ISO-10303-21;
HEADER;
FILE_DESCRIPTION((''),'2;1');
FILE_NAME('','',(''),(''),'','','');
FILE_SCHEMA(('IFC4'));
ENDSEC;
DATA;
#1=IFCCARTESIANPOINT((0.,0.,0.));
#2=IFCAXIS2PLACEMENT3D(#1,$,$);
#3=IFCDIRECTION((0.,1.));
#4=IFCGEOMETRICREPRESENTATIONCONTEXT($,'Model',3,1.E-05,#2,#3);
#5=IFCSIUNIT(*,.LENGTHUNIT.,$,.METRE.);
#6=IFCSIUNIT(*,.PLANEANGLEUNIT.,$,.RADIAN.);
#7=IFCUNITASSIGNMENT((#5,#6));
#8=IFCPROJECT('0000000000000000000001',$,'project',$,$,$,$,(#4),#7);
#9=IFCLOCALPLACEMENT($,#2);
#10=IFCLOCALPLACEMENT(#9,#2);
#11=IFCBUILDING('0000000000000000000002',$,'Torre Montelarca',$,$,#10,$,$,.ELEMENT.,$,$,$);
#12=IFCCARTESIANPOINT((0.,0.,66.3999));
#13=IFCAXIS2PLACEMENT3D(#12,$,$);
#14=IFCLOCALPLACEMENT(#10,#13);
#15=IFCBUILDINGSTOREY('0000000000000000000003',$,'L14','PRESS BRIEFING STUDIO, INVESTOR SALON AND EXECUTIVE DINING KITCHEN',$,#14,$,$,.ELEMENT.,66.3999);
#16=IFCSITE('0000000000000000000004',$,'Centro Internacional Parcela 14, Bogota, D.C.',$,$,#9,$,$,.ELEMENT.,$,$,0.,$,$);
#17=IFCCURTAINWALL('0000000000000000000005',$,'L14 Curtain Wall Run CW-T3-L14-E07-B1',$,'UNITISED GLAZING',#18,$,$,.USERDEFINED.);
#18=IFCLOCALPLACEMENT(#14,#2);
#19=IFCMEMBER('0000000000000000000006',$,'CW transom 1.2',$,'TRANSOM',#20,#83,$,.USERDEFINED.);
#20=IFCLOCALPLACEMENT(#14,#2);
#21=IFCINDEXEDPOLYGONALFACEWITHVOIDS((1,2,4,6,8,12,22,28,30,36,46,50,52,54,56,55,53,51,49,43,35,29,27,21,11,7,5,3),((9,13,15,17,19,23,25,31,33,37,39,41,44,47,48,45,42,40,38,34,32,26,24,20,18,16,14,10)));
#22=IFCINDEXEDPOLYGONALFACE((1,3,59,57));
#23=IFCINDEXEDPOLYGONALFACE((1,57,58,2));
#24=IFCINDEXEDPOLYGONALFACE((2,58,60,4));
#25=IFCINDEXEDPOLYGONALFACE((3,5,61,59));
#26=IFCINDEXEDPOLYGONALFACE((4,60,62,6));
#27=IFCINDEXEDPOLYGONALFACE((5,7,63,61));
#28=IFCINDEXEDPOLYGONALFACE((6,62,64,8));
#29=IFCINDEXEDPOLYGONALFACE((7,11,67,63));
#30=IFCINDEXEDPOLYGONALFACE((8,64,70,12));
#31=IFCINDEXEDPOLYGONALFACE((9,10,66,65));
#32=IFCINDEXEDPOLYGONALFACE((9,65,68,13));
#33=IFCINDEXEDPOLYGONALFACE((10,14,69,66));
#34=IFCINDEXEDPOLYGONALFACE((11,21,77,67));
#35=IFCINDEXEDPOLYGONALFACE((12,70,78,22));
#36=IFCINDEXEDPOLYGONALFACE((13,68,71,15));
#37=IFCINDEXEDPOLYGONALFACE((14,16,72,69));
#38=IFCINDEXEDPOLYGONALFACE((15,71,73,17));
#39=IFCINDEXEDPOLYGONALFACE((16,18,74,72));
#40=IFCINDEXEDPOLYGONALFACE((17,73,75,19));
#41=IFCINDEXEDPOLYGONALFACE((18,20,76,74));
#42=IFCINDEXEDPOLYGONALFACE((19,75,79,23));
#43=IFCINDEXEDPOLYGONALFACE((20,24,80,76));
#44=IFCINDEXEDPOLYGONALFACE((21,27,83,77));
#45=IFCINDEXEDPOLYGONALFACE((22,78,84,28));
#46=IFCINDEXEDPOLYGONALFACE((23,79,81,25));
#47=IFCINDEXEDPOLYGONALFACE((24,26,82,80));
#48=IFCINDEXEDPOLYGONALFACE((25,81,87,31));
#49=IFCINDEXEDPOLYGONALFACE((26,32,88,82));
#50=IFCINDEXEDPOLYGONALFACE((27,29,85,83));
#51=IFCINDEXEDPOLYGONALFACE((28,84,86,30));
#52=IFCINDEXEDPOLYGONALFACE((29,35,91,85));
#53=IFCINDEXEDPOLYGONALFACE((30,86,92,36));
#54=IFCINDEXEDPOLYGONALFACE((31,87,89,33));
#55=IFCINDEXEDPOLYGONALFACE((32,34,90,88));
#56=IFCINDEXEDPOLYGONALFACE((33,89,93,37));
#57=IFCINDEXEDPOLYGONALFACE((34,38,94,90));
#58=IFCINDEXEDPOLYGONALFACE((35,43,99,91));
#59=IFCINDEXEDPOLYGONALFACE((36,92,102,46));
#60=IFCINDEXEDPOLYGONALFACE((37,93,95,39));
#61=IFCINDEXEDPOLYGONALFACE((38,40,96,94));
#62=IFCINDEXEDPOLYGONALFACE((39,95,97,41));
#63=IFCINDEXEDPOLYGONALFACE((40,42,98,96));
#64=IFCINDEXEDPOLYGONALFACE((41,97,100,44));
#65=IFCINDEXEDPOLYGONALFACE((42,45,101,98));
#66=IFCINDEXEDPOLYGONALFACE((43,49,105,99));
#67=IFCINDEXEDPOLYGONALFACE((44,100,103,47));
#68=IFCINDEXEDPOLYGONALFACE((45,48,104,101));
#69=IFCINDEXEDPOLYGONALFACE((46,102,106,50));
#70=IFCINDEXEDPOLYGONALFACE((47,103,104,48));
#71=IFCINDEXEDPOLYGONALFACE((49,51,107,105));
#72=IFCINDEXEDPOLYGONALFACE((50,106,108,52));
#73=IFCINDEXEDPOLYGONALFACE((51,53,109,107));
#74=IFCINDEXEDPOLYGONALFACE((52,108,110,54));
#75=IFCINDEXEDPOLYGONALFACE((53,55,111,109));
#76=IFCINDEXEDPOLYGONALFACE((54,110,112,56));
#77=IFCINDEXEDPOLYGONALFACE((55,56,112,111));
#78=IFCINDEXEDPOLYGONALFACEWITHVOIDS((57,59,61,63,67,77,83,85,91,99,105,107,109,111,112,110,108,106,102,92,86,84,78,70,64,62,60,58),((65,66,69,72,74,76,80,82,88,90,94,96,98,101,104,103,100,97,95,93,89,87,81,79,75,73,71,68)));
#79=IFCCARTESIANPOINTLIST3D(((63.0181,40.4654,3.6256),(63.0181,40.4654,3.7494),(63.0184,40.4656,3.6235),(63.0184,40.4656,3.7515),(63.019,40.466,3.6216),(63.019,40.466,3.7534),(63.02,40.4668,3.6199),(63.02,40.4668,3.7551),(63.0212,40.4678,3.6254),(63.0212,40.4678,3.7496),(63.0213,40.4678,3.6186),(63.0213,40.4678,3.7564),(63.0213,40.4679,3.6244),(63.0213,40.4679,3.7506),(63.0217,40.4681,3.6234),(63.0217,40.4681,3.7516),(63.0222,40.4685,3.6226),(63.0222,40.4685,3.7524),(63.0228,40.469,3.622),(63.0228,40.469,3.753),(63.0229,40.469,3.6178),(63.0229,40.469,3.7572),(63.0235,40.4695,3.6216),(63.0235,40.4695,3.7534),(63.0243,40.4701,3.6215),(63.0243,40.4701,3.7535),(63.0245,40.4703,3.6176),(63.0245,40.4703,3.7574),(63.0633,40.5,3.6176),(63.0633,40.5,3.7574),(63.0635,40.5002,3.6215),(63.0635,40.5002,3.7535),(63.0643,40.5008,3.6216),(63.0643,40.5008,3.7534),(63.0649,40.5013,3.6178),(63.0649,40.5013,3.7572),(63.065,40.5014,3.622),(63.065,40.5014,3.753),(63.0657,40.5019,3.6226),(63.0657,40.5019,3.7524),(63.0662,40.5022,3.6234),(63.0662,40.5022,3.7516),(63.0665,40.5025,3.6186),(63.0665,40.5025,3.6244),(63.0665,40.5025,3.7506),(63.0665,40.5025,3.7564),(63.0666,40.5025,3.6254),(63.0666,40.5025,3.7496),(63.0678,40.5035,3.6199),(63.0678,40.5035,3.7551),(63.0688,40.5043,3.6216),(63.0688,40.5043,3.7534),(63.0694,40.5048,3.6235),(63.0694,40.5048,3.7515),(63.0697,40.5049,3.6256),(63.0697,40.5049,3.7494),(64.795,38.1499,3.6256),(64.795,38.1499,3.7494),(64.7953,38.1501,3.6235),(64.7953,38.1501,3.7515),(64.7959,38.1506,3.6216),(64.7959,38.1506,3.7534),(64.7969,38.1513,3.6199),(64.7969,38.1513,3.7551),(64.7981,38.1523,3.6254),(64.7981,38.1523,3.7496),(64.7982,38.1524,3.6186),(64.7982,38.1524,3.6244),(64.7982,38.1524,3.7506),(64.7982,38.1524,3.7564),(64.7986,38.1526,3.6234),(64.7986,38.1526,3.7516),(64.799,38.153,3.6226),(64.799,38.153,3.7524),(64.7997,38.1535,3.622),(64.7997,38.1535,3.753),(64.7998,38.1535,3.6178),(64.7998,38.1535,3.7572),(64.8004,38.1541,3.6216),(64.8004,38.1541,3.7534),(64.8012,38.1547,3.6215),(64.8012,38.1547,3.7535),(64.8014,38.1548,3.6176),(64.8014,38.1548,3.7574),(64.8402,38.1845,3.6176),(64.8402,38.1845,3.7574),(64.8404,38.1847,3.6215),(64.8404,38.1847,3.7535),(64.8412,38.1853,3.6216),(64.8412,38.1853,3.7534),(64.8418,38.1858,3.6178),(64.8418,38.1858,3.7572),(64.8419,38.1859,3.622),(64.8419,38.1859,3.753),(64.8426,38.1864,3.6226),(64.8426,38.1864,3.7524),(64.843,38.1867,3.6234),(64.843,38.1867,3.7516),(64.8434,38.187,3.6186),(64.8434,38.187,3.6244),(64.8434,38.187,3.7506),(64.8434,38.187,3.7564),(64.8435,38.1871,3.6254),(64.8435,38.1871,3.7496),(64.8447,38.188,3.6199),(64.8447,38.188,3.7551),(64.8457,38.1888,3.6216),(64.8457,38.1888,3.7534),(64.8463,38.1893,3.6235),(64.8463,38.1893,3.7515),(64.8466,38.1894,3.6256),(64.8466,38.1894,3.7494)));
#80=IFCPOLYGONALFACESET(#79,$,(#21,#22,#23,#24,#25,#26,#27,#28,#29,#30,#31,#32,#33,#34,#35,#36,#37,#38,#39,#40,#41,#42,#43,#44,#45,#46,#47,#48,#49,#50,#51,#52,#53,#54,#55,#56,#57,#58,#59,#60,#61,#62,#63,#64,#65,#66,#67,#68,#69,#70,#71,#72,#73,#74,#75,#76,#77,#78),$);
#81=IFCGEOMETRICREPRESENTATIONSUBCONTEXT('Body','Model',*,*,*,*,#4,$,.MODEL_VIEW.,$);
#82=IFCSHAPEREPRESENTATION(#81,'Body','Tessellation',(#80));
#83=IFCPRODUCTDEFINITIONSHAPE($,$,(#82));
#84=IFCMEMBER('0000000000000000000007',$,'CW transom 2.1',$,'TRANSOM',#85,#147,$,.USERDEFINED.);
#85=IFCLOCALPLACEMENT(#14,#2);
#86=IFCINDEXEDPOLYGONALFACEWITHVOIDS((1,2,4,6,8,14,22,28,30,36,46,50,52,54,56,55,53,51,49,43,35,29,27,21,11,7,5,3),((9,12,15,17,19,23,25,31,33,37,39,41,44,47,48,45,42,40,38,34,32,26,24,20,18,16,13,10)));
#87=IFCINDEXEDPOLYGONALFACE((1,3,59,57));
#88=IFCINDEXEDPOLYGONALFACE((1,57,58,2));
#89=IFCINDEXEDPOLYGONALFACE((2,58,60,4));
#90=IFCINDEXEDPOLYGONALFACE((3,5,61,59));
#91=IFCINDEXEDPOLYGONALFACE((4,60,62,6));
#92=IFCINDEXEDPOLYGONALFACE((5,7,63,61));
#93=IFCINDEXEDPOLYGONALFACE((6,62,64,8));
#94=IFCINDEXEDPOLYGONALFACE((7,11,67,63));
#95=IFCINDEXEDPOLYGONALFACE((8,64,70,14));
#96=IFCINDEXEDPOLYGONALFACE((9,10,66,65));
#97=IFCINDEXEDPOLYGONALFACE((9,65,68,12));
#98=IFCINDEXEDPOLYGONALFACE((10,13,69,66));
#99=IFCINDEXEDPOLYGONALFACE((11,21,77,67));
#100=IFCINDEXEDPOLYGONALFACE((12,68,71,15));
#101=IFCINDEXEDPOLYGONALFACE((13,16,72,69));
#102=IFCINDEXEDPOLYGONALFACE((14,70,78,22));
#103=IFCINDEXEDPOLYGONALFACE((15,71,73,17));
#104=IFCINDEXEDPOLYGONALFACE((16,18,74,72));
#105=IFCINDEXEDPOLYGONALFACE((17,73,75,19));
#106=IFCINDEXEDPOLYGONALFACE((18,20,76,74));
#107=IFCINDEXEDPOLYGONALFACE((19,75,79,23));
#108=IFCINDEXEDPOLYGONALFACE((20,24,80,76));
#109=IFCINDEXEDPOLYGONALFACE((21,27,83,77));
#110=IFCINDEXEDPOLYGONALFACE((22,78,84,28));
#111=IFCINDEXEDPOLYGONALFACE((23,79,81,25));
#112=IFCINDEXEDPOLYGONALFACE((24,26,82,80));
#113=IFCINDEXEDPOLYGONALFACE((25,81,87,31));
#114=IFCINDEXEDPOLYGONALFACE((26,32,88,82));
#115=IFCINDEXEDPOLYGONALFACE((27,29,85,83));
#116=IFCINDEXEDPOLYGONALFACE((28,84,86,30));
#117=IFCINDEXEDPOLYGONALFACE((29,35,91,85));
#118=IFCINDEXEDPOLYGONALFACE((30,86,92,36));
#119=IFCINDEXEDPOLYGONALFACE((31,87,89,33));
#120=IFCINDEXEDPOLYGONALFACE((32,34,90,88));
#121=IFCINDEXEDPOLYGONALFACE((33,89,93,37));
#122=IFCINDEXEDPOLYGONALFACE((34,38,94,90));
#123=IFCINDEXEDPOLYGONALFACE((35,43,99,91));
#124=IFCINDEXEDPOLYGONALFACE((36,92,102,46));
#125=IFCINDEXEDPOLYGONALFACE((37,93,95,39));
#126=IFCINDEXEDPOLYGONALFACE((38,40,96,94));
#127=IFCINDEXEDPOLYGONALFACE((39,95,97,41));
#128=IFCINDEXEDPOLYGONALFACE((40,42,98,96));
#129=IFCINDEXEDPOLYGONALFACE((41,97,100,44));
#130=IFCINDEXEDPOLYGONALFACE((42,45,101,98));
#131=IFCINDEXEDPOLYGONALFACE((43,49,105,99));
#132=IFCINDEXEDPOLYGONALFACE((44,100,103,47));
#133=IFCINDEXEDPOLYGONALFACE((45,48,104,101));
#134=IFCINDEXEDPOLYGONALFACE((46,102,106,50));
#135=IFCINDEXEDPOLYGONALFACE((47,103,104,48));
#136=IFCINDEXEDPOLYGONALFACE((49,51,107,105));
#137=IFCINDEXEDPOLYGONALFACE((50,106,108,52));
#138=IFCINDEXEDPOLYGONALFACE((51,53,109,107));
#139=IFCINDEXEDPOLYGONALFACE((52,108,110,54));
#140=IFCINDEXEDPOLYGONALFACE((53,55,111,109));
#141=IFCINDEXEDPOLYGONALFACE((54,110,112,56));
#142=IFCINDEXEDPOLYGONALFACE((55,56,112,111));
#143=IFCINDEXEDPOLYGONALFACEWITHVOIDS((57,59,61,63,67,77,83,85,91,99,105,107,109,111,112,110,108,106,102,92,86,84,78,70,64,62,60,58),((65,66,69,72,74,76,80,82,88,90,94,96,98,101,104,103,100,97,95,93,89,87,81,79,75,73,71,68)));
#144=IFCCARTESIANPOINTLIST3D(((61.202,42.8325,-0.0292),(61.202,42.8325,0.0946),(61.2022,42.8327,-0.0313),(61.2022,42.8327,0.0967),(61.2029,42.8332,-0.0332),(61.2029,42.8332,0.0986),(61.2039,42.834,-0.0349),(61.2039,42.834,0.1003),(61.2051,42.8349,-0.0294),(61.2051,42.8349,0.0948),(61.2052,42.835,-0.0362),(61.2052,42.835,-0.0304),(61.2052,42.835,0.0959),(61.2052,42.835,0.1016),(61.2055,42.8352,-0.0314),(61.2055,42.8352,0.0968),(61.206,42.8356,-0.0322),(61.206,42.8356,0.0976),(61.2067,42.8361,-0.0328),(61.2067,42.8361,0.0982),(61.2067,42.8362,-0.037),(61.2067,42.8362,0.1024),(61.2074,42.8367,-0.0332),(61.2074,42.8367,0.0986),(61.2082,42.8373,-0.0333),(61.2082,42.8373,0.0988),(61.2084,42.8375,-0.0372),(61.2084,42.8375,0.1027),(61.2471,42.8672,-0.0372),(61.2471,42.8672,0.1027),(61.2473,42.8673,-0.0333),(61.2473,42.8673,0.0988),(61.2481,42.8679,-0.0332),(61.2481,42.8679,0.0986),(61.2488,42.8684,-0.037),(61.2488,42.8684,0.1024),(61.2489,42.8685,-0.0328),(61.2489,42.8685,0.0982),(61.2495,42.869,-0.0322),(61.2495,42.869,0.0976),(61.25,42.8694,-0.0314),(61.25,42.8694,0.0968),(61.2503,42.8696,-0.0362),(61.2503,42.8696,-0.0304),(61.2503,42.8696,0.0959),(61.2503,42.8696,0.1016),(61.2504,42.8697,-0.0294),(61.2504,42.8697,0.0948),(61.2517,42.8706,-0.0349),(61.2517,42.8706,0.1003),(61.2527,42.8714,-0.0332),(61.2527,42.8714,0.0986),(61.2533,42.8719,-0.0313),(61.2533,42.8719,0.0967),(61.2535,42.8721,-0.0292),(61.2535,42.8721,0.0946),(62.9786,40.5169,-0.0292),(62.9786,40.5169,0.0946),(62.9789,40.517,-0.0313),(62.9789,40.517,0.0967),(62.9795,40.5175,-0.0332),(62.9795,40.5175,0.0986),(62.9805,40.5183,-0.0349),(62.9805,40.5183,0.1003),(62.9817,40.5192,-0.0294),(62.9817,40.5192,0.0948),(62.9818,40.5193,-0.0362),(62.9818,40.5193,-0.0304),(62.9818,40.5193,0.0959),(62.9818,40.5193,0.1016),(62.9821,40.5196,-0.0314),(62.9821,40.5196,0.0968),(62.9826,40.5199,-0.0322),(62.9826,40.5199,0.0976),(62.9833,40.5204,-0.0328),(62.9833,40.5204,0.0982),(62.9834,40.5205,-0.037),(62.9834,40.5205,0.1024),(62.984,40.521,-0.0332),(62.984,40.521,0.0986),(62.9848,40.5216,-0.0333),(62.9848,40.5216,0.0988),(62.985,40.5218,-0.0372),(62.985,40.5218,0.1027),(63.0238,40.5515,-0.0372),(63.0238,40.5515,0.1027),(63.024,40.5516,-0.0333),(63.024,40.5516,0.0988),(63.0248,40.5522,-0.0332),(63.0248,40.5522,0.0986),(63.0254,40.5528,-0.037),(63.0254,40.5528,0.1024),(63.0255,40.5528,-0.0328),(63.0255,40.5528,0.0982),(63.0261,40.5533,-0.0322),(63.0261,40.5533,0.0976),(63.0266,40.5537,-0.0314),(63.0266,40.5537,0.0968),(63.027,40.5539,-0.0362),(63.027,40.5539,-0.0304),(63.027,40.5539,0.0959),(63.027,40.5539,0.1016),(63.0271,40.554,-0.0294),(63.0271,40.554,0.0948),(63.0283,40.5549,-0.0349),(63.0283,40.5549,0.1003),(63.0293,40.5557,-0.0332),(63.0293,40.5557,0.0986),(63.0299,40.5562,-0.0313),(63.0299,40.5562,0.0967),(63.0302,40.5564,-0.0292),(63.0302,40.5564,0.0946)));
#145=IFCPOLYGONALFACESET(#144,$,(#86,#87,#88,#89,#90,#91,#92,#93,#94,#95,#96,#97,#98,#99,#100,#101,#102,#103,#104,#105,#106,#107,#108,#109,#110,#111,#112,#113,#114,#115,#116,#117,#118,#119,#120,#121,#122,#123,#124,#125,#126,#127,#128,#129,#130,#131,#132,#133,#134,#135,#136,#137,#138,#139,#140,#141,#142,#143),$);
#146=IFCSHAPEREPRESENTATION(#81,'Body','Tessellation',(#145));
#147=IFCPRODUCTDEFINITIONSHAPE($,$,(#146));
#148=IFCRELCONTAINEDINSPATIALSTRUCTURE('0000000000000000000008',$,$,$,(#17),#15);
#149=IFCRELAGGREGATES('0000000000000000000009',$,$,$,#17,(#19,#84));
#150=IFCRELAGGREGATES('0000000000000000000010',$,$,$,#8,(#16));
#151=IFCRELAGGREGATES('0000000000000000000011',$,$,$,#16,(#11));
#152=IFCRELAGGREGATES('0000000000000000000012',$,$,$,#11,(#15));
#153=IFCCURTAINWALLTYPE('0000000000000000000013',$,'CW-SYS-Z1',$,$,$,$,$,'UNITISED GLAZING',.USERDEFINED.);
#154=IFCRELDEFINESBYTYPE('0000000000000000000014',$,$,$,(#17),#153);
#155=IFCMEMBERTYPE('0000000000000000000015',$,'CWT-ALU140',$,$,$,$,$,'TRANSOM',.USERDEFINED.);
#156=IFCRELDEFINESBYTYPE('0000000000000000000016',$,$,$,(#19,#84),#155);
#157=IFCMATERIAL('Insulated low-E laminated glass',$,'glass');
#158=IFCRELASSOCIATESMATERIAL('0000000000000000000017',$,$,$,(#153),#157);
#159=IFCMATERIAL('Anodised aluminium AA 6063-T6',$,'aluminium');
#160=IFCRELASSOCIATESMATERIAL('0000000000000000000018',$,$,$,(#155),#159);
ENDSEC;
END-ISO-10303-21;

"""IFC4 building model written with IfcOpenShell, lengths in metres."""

from ifc_helpers import new_model, si_unit, direction, frame, origin, origin_2d, place, context, subcontext, project, spatial, hollow_rectangle, extrude, source, transform, mapped, material, material_profile, profile_set, type_object, element, aggregate, save


model = new_model("IFC4")

# Units and contexts
model_context = context("Model", 3, precision=1e-05, world=origin(), true_north=direction((0.0, 1.0)))
body_context = subcontext(model_context, "Body", "Model", "MODEL_VIEW")
ifc_project = project(units=[si_unit("LENGTHUNIT", "METRE"), si_unit("PLANEANGLEUNIT", "RADIAN")], contexts=[model_context])

# Site, building, storey
site_placement = place(None, origin())
site = spatial("IfcSite", under=ifc_project, at=site_placement, Name="Centro Internacional Parcela 14, Bogota, D.C.", CompositionType="ELEMENT", RefElevation=0.0)
building_placement = place(site_placement, origin())
building = spatial("IfcBuilding", under=site, at=building_placement, Name="Torre Montelarca", CompositionType="ELEMENT")
storey_placement = place(building_placement, frame((0.0, 0.0, 66.3999)))
storey = spatial("IfcBuildingStorey", under=building, at=storey_placement, Name="L14", Description="PRESS BRIEFING STUDIO, INVESTOR SALON AND EXECUTIVE DINING KITCHEN", CompositionType="ELEMENT", Elevation=66.3999)

# Curtain wall, members
ifc_material_1 = material(Name="Insulated low-E laminated glass", Category="glass")
curtain_wall_type = type_object("IfcCurtainWallType", Name="CW-SYS-Z1", ElementType="UNITISED GLAZING", PredefinedType="USERDEFINED", material=ifc_material_1)
curtain_wall_1_placement = place(storey_placement, origin())
curtain_wall_1 = element("IfcCurtainWall", 1, at=curtain_wall_1_placement, inside=storey, type_object=curtain_wall_type, Name="L14 Curtain Wall Run CW-T3-L14-E07-B1", ObjectType="UNITISED GLAZING", PredefinedType="USERDEFINED")
ifc_material_2 = material(Name="Anodised aluminium AA 6063-T6", Category="aluminium")
ifc_material_profile_1 = material_profile(ifc_material_2, hollow_rectangle(XDim=0.0649, YDim=0.1399, WallThickness=0.0039, InnerFilletRadius=0.0039, OuterFilletRadius=0.0081, at=origin_2d()), Name="ALU65X140X4", Category="aluminium")
ifc_profile_set_1 = profile_set([ifc_material_profile_1], Name="Anodised aluminium AA 6063-T6")
member_type_1 = type_object("IfcMemberType", Name="CWT-ALU140", ElementType="TRANSOM", PredefinedType="USERDEFINED", material=ifc_profile_set_1)
shared_shape_1 = source(origin(), body_context, "Body", "SweptSolid", [
    extrude(hollow_rectangle(XDim=0.0649, YDim=0.1399, WallThickness=0.0039, InnerFilletRadius=0.0039, OuterFilletRadius=0.0081, at=origin_2d()), origin(), (0.0, 0.0, 1.0), 2.9187),
])
member_1_placement = place(storey_placement, frame((64.8208, 38.1697, 3.6875), z_axis=(-0.608797, 0.793326, 0.0), x_axis=(-0.793326, -0.608797, 0.0)))
member_1 = element("IfcMember", 2, at=member_1_placement, type_object=member_type_1, Name="CW transom 1.2", ObjectType="TRANSOM", PredefinedType="USERDEFINED", context=body_context, shape_type="MappedRepresentation", body=[
    mapped(shared_shape_1, transform((0.0, 0.0, 0.0), scale=1.0)),
])
member_2_placement = place(storey_placement, frame((63.0044, 40.5366, 0.0327), z_axis=(-0.608704, 0.793398, 0.0), x_axis=(-0.793398, -0.608704, 0.0)))
member_2 = element("IfcMember", 3, at=member_2_placement, type_object=member_type_1, Name="CW transom 2.1", ObjectType="TRANSOM", PredefinedType="USERDEFINED", context=body_context, shape_type="MappedRepresentation", body=[
    mapped(shared_shape_1, transform((0.0, 0.0, 0.0), scale=1.0)),
])

aggregate(curtain_wall_1, [member_1, member_2])

save(model, "model.ifc")
